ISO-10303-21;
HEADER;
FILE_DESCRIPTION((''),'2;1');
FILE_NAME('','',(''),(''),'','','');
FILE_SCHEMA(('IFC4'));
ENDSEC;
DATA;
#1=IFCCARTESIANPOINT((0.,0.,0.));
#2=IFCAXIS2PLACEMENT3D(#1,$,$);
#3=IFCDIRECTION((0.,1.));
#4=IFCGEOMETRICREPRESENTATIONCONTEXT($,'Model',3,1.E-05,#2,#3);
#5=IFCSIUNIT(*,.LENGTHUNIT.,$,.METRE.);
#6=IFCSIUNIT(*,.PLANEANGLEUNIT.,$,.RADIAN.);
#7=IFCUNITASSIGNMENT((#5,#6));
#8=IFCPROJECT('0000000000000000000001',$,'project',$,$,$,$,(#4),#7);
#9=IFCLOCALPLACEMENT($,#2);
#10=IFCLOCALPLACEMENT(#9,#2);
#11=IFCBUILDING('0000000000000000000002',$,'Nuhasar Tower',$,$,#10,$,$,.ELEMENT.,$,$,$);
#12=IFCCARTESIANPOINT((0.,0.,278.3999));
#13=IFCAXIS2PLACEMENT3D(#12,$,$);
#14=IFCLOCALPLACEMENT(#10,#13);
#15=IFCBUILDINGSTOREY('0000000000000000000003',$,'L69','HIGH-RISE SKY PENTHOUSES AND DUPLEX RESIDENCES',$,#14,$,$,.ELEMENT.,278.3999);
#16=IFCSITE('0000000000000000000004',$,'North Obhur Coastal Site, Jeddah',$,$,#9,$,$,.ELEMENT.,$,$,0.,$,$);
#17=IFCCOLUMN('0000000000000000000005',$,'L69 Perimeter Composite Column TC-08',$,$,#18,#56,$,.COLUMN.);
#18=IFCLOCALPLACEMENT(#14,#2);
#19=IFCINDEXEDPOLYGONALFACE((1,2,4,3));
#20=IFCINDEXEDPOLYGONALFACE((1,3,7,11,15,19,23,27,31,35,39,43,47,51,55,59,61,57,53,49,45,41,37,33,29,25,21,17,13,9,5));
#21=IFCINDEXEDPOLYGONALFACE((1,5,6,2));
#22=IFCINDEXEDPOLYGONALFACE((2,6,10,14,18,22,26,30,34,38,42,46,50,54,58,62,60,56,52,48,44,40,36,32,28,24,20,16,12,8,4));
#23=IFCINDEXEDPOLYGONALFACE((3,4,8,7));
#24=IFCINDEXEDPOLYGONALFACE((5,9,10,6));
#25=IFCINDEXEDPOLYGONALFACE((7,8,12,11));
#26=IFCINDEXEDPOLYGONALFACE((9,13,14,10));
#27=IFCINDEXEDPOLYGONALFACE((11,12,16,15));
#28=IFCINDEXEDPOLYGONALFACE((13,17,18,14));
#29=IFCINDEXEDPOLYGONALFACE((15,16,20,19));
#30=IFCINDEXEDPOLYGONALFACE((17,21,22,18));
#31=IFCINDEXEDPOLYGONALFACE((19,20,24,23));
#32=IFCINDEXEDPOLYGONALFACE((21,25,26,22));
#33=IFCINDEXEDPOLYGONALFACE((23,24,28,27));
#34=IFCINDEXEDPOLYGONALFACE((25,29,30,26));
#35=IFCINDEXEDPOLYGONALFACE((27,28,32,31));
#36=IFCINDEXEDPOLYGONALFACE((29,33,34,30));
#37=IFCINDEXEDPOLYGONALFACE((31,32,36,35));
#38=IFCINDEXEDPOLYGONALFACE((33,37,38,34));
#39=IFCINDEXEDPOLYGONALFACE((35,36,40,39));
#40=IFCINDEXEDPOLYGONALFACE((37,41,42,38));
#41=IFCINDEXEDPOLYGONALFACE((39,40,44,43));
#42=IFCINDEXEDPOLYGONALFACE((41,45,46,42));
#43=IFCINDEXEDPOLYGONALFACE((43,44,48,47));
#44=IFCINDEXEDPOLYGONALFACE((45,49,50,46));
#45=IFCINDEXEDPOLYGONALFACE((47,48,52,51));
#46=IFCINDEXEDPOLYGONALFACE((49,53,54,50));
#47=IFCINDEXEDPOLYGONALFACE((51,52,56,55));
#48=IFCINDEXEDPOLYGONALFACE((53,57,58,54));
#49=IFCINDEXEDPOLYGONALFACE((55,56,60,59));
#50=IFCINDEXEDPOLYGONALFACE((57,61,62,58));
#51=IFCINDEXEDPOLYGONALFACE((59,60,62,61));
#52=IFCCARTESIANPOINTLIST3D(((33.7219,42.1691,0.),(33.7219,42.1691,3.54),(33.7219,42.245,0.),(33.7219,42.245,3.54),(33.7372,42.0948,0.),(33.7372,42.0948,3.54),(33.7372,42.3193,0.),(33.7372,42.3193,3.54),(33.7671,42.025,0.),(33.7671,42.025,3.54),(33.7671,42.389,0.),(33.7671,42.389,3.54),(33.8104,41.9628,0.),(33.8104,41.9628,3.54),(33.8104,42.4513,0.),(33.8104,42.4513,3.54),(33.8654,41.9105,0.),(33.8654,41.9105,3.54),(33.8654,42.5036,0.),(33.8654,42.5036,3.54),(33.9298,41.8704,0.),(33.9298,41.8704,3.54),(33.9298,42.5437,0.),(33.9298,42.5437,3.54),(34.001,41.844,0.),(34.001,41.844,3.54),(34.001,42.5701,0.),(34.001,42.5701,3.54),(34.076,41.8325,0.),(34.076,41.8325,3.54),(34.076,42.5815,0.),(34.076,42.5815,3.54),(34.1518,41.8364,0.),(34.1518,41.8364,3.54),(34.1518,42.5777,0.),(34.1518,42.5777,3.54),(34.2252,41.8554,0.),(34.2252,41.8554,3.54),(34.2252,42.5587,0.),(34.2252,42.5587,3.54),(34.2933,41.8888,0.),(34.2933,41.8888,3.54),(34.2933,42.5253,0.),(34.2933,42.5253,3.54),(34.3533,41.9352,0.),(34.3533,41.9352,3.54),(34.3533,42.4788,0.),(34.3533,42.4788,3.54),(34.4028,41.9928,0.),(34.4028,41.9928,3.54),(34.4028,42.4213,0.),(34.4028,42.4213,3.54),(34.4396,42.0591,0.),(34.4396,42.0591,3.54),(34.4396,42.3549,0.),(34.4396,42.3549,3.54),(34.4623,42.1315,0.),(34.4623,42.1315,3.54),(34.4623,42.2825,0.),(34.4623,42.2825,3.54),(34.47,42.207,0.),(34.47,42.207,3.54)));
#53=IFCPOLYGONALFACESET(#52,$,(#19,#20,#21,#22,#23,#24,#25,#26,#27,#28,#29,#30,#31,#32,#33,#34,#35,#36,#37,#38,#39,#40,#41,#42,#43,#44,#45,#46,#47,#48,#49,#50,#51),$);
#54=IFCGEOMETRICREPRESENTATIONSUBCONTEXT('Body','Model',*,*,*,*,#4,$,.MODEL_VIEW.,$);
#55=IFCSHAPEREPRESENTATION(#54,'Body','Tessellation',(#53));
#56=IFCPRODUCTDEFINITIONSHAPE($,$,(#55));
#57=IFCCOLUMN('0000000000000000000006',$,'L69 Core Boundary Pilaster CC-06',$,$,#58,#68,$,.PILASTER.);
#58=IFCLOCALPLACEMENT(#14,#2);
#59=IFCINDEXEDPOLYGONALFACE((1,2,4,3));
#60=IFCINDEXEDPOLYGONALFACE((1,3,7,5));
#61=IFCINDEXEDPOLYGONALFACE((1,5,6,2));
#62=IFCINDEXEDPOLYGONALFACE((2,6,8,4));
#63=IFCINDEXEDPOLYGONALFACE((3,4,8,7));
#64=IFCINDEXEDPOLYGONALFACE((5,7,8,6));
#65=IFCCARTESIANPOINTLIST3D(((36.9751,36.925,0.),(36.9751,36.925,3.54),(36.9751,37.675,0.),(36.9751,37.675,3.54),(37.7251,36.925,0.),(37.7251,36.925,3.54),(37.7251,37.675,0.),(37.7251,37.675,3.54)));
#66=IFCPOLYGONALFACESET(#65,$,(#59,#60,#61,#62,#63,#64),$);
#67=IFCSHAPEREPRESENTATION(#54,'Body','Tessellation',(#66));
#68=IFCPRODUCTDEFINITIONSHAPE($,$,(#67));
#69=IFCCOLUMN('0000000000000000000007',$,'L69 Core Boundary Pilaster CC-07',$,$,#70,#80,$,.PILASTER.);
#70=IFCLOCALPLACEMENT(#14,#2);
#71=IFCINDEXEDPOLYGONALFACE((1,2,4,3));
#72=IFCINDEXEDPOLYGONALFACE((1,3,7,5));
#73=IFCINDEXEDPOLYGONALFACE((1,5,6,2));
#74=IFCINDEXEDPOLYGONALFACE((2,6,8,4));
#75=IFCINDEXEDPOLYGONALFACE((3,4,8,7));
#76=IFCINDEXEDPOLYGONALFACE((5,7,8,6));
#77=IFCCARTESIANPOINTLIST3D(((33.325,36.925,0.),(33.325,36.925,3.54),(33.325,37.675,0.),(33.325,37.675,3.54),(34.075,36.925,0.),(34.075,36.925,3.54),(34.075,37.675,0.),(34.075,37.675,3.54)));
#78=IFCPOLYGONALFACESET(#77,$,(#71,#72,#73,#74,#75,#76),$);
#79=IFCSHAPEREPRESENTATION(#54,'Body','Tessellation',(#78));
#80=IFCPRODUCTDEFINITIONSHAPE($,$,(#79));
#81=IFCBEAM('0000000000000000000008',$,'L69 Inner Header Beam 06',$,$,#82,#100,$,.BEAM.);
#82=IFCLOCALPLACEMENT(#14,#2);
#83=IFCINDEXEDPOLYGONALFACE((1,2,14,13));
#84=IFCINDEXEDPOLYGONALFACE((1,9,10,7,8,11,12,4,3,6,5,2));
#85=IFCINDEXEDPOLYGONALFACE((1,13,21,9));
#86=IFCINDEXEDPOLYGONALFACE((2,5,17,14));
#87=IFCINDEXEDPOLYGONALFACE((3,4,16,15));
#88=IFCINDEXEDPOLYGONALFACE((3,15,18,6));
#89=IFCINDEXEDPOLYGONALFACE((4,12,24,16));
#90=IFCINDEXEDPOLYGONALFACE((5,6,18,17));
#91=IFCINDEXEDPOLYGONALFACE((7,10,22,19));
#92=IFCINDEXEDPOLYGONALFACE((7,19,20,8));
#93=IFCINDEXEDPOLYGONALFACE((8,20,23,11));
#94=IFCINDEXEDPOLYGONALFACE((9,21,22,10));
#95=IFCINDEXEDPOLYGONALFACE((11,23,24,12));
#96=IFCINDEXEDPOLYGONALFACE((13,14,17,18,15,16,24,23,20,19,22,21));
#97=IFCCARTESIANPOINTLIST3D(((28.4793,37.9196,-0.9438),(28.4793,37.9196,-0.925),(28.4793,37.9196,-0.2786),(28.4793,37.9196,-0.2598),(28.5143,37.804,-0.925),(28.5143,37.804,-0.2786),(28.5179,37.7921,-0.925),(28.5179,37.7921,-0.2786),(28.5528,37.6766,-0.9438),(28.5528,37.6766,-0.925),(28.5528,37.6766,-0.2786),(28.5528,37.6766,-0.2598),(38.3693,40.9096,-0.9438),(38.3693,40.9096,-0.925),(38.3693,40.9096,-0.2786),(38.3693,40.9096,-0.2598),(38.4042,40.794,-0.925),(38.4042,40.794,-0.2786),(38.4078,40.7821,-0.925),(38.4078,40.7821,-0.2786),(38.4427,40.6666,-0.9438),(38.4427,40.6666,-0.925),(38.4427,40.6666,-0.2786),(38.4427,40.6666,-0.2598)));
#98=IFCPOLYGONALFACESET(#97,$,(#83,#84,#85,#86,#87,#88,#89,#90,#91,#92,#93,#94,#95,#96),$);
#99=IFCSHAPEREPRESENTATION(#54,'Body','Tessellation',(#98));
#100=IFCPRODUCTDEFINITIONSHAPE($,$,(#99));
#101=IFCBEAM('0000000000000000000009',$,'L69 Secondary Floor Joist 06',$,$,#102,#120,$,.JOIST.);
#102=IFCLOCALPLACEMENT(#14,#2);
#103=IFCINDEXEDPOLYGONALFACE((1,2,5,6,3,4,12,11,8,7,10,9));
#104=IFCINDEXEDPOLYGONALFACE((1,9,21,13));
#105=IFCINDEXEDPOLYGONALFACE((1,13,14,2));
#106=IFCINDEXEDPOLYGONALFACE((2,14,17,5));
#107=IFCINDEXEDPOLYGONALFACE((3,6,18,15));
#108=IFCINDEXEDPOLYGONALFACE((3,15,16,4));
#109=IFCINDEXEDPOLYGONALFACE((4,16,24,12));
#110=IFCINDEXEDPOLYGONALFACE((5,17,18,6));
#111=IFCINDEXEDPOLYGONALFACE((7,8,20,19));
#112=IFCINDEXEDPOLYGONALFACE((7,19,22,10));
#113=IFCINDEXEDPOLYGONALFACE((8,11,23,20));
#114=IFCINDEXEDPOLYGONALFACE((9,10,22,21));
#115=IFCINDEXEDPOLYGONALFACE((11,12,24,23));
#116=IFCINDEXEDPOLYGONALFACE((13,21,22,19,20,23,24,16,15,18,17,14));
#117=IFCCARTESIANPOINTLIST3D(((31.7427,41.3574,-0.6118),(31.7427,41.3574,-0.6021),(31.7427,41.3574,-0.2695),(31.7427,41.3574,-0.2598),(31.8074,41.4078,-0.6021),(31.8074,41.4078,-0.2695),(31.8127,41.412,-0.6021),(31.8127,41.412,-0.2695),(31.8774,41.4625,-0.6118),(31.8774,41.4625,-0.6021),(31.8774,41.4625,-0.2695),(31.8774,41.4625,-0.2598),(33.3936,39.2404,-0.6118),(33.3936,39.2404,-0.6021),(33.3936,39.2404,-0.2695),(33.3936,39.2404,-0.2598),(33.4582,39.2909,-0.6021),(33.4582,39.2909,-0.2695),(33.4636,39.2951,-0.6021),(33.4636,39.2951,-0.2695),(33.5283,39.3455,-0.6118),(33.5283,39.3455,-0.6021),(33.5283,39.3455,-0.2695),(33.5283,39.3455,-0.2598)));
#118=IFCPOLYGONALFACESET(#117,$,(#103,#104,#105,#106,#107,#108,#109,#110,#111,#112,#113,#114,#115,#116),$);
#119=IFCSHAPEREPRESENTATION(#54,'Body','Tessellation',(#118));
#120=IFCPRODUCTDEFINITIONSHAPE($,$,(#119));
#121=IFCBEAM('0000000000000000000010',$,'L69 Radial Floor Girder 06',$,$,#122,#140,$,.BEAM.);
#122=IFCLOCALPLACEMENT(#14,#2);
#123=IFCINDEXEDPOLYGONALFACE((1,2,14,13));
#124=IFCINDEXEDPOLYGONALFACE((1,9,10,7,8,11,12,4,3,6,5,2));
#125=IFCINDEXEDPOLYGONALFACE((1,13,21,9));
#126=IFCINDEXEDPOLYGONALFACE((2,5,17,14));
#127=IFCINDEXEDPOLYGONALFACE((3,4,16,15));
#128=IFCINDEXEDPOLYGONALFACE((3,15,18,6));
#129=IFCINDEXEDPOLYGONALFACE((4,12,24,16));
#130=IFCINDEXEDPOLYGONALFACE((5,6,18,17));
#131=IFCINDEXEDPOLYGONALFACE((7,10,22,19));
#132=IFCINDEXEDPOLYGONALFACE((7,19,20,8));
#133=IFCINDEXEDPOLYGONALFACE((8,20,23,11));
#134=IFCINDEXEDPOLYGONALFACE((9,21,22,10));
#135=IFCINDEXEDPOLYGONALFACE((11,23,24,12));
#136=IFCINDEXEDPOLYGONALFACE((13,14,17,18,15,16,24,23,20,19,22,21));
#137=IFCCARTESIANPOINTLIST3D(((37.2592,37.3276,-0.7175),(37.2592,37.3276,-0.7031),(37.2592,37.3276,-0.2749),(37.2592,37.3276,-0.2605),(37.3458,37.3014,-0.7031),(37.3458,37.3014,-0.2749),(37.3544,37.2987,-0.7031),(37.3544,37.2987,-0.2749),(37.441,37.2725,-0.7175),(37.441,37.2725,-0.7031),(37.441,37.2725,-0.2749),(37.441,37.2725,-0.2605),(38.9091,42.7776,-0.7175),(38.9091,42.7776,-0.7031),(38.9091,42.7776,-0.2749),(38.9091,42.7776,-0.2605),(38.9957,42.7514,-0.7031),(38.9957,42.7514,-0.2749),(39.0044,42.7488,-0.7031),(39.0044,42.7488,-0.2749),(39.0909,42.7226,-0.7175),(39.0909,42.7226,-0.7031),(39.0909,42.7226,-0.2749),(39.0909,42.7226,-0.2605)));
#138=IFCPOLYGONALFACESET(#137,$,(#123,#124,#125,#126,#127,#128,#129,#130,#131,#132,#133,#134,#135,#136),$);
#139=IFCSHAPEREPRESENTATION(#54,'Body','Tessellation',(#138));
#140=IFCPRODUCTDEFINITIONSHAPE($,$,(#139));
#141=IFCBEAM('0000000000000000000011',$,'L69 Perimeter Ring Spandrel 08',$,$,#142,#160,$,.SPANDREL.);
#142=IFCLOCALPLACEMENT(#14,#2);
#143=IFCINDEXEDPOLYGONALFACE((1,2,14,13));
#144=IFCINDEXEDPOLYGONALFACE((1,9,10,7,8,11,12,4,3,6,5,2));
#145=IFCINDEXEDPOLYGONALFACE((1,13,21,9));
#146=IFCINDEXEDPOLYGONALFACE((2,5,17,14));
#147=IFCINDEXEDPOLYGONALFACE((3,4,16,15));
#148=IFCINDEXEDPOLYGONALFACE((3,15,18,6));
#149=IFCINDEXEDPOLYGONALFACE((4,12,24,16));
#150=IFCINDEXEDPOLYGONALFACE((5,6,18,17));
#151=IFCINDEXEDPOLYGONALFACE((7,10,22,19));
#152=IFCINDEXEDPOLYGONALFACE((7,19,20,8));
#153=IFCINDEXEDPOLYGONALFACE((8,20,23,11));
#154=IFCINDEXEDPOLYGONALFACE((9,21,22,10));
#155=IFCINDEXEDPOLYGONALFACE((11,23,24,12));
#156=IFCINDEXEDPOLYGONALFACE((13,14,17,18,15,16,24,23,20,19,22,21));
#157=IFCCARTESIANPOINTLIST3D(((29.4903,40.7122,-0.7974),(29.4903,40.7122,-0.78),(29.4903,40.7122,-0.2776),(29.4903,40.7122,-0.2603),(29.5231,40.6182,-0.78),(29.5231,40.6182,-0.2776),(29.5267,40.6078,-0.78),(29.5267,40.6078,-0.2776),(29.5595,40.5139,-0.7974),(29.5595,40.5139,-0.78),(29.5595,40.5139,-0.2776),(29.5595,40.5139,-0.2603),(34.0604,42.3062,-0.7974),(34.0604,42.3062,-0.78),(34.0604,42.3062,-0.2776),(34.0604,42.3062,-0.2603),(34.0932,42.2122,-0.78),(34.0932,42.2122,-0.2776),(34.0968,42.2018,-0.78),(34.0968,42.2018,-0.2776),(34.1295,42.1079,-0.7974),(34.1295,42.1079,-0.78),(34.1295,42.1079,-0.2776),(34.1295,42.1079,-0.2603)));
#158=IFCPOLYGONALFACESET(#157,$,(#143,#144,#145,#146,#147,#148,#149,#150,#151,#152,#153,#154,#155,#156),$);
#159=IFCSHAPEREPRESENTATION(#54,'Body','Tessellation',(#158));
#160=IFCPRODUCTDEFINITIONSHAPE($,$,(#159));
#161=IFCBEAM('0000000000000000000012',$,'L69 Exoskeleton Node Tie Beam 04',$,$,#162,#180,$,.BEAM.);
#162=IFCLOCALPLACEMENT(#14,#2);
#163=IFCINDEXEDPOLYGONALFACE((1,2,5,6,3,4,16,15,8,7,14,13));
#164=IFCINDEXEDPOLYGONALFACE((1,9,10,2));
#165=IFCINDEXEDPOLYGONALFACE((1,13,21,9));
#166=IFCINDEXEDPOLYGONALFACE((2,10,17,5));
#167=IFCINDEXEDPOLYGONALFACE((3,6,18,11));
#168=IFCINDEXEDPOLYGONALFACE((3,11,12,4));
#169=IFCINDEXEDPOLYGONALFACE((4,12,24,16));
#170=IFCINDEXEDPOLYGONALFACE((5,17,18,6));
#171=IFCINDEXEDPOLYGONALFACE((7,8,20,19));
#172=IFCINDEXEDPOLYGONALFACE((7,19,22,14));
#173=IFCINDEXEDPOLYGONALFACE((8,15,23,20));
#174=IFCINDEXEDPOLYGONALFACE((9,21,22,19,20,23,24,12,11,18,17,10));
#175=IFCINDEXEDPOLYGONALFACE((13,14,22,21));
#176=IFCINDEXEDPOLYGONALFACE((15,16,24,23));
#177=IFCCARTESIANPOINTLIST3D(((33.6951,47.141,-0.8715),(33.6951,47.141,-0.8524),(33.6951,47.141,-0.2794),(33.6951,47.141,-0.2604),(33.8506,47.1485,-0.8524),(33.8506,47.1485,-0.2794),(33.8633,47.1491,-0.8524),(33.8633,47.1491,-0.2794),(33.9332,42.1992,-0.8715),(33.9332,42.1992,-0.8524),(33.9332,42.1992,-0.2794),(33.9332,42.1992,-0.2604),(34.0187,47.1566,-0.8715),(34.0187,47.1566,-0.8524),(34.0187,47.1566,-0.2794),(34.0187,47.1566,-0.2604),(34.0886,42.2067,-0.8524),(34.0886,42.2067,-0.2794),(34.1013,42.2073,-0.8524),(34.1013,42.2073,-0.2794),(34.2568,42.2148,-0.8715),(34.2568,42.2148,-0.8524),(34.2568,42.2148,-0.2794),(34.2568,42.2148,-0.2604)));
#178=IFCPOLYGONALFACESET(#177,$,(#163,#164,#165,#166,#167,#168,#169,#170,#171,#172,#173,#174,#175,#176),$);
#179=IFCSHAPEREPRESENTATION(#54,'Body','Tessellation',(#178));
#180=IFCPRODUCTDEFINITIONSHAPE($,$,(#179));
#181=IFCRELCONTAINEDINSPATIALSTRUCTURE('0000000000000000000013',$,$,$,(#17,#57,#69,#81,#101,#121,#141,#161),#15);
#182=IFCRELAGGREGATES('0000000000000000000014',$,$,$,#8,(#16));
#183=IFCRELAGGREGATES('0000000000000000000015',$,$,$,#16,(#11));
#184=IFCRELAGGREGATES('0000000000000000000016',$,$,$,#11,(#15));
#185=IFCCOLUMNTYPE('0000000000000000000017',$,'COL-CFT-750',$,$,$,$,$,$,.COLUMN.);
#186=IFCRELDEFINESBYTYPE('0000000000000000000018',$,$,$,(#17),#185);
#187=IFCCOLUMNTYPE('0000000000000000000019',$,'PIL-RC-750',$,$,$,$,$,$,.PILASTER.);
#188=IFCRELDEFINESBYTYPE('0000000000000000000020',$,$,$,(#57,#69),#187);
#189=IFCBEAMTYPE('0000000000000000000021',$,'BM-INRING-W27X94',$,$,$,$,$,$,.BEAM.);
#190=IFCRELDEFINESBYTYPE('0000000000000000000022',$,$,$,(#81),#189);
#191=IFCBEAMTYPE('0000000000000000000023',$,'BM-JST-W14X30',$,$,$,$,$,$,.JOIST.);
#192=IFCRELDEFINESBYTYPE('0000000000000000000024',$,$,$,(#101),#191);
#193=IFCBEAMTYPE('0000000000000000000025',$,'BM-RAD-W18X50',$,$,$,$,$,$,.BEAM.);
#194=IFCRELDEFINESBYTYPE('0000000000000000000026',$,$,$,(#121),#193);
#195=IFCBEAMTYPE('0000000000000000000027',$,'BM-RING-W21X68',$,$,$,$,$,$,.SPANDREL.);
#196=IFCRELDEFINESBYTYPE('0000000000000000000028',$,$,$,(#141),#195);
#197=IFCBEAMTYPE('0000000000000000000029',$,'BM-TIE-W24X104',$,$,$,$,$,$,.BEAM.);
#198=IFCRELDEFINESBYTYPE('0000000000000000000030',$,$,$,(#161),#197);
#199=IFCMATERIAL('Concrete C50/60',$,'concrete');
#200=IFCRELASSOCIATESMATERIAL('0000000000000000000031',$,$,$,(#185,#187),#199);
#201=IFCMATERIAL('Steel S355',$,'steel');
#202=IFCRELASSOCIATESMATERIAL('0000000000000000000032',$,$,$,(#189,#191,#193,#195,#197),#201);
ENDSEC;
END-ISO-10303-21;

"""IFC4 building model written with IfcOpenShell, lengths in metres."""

from ifc_helpers import new_model, si_unit, direction, frame, origin, origin_2d, place, context, subcontext, project, spatial, rectangle, circle, i_section, extrude, material, material_profile, profile_set, type_object, element, save


model = new_model("IFC4")

# Units and contexts
model_context = context("Model", 3, precision=1e-05, world=origin(), true_north=direction((0.0, 1.0)))
body_context = subcontext(model_context, "Body", "Model", "MODEL_VIEW")
ifc_project = project(units=[si_unit("LENGTHUNIT", "METRE"), si_unit("PLANEANGLEUNIT", "RADIAN")], contexts=[model_context])

# Site, building, storey
site_placement = place(None, origin())
site = spatial("IfcSite", under=ifc_project, at=site_placement, Name="North Obhur Coastal Site, Jeddah", CompositionType="ELEMENT", RefElevation=0.0)
building_placement = place(site_placement, origin())
building = spatial("IfcBuilding", under=site, at=building_placement, Name="Nuhasar Tower", CompositionType="ELEMENT")
storey_placement = place(building_placement, frame((0.0, 0.0, 278.3999)))
storey = spatial("IfcBuildingStorey", under=building, at=storey_placement, Name="L69", Description="HIGH-RISE SKY PENTHOUSES AND DUPLEX RESIDENCES", CompositionType="ELEMENT", Elevation=278.3999)

# Columns
ifc_material_1 = material(Name="Concrete C50/60", Category="concrete")
ifc_material_profile_1 = material_profile(ifc_material_1, circle(Radius=0.375, at=origin_2d()), Name="CFT750")
ifc_profile_set_1 = profile_set([ifc_material_profile_1], Name="Concrete C50/60")
column_type_1 = type_object("IfcColumnType", Name="COL-CFT-750", PredefinedType="COLUMN", material=ifc_profile_set_1)
column_placement = place(storey_placement, frame((34.095, 42.207, 0.0), z_axis=(0.0, 0.0, 1.0), x_axis=(1.0, 0.0, 0.0)))
element("IfcColumn", 1, at=column_placement, inside=storey, type_object=column_type_1, Name="L69 Perimeter Composite Column TC-08", PredefinedType="COLUMN", context=body_context, shape_type="SweptSolid", body=[
    extrude(circle(Radius=0.375, at=origin_2d()), origin(), (0.0, 0.0, 1.0), 3.54),
])
ifc_material_profile_2 = material_profile(ifc_material_1, rectangle(XDim=0.75, YDim=0.75, at=origin_2d()), Name="RC750X750")
ifc_profile_set_2 = profile_set([ifc_material_profile_2], Name="Concrete C50/60")
column_type_2 = type_object("IfcColumnType", Name="PIL-RC-750", PredefinedType="PILASTER", material=ifc_profile_set_2)
for number, where, z_axis, x_axis, name in (
    (2, (37.3501, 37.3, 0.0), (0.0, 0.0, 1.0), (1.0, 0.0, 0.0), "L69 Core Boundary Pilaster CC-06"),
    (3, (33.7, 37.3, 0.0), (0.0, 0.0, 1.0), (1.0, 0.0, 0.0), "L69 Core Boundary Pilaster CC-07"),
):
    element("IfcColumn", number, at=place(storey_placement, frame(where, z_axis=z_axis, x_axis=x_axis)), inside=storey, type_object=column_type_2, Name=name, PredefinedType="PILASTER", context=body_context, shape_type="SweptSolid", body=[
        extrude(rectangle(XDim=0.75, YDim=0.75, at=origin_2d()), origin(), (0.0, 0.0, 1.0), 3.54),
    ])

# Beams
ifc_material_2 = material(Name="Steel S355", Category="steel")
ifc_material_profile_3 = material_profile(ifc_material_2, i_section(OverallWidth=0.2539, OverallDepth=0.6841, WebThickness=0.0125, FlangeThickness=0.0188, at=origin_2d()), Name="W27X94")
ifc_profile_set_3 = profile_set([ifc_material_profile_3], Name="Steel S355")
beam_type_1 = type_object("IfcBeamType", Name="BM-INRING-W27X94", PredefinedType="BEAM", material=ifc_profile_set_3)
beam_1_placement = place(storey_placement, frame((38.406, 40.7881, -0.6018), z_axis=(-0.957211, -0.289392, 0.0), x_axis=(0.289392, -0.957211, 0.0)))
element("IfcBeam", 4, at=beam_1_placement, inside=storey, type_object=beam_type_1, Name="L69 Inner Header Beam 06", PredefinedType="BEAM", context=body_context, shape_type="SweptSolid", body=[
    extrude(i_section(OverallWidth=0.2539, OverallDepth=0.6841, WebThickness=0.0125, FlangeThickness=0.0188, at=origin_2d()), origin(), (0.0, 0.0, 1.0), 10.332),
])
ifc_material_profile_4 = material_profile(ifc_material_2, i_section(OverallWidth=0.1709, OverallDepth=0.3521, WebThickness=0.0068, FlangeThickness=0.0098, at=origin_2d()), Name="W14X30")
ifc_profile_set_4 = profile_set([ifc_material_profile_4], Name="Steel S355")
beam_type_2 = type_object("IfcBeamType", Name="BM-JST-W14X30", PredefinedType="JOIST", material=ifc_profile_set_4)
beam_2_placement = place(storey_placement, frame((33.4609, 39.293, -0.4358), z_axis=(-0.614954, 0.788563, 0.0), x_axis=(-0.788563, -0.614954, 0.0)))
element("IfcBeam", 5, at=beam_2_placement, inside=storey, type_object=beam_type_2, Name="L69 Secondary Floor Joist 06", PredefinedType="JOIST", context=body_context, shape_type="SweptSolid", body=[
    extrude(i_section(OverallWidth=0.1709, OverallDepth=0.3521, WebThickness=0.0068, FlangeThickness=0.0098, at=origin_2d()), origin(), (0.0, 0.0, 1.0), 2.6846),
])
ifc_material_profile_5 = material_profile(ifc_material_2, i_section(OverallWidth=0.1899, OverallDepth=0.457, WebThickness=0.009, FlangeThickness=0.0144, at=origin_2d()), Name="W18X50")
ifc_profile_set_5 = profile_set([ifc_material_profile_5], Name="Steel S355")
beam_type_3 = type_object("IfcBeamType", Name="BM-RAD-W18X50", PredefinedType="BEAM", material=ifc_profile_set_5)
beam_3_placement = place(storey_placement, frame((37.3501, 37.3, -0.489), z_axis=(0.28975, 0.957102, 0.0), x_axis=(-0.957102, 0.28975, 0.0)))
element("IfcBeam", 6, at=beam_3_placement, inside=storey, type_object=beam_type_3, Name="L69 Radial Floor Girder 06", PredefinedType="BEAM", context=body_context, shape_type="SweptSolid", body=[
    extrude(i_section(OverallWidth=0.1899, OverallDepth=0.457, WebThickness=0.009, FlangeThickness=0.0144, at=origin_2d()), origin(), (0.0, 0.0, 1.0), 5.6943),
])
ifc_material_profile_6 = material_profile(ifc_material_2, i_section(OverallWidth=0.21, OverallDepth=0.5371, WebThickness=0.011, FlangeThickness=0.0173, at=origin_2d()), Name="W21X68")
ifc_profile_set_6 = profile_set([ifc_material_profile_6], Name="Steel S355")
beam_type_4 = type_object("IfcBeamType", Name="BM-RING-W21X68", PredefinedType="SPANDREL", material=ifc_profile_set_6)
beam_4_placement = place(storey_placement, frame((34.095, 42.207, -0.5288), z_axis=(-0.944214, -0.329332, 0.0), x_axis=(0.329332, -0.944214, 0.0)))
element("IfcBeam", 7, at=beam_4_placement, inside=storey, type_object=beam_type_4, Name="L69 Perimeter Ring Spandrel 08", PredefinedType="SPANDREL", context=body_context, shape_type="SweptSolid", body=[
    extrude(i_section(OverallWidth=0.21, OverallDepth=0.5371, WebThickness=0.011, FlangeThickness=0.0173, at=origin_2d()), origin(), (0.0, 0.0, 1.0), 4.8401),
])
ifc_material_profile_7 = material_profile(ifc_material_2, i_section(OverallWidth=0.324, OverallDepth=0.6111, WebThickness=0.0127, FlangeThickness=0.019, at=origin_2d()), Name="W24X104")
ifc_profile_set_7 = profile_set([ifc_material_profile_7], Name="Steel S355")
beam_type_5 = type_object("IfcBeamType", Name="BM-TIE-W24X104", PredefinedType="BEAM", material=ifc_profile_set_7)
beam_5_placement = place(storey_placement, frame((34.095, 42.207, -0.5659), z_axis=(-0.048111, 0.998842, 0.0), x_axis=(-0.998842, -0.048111, 0.0)))
element("IfcBeam", 8, at=beam_5_placement, inside=storey, type_object=beam_type_5, Name="L69 Exoskeleton Node Tie Beam 04", PredefinedType="BEAM", context=body_context, shape_type="SweptSolid", body=[
    extrude(i_section(OverallWidth=0.324, OverallDepth=0.6111, WebThickness=0.0127, FlangeThickness=0.019, at=origin_2d()), origin(), (0.0, 0.0, 1.0), 4.9475),
])

save(model, "model.ifc")
